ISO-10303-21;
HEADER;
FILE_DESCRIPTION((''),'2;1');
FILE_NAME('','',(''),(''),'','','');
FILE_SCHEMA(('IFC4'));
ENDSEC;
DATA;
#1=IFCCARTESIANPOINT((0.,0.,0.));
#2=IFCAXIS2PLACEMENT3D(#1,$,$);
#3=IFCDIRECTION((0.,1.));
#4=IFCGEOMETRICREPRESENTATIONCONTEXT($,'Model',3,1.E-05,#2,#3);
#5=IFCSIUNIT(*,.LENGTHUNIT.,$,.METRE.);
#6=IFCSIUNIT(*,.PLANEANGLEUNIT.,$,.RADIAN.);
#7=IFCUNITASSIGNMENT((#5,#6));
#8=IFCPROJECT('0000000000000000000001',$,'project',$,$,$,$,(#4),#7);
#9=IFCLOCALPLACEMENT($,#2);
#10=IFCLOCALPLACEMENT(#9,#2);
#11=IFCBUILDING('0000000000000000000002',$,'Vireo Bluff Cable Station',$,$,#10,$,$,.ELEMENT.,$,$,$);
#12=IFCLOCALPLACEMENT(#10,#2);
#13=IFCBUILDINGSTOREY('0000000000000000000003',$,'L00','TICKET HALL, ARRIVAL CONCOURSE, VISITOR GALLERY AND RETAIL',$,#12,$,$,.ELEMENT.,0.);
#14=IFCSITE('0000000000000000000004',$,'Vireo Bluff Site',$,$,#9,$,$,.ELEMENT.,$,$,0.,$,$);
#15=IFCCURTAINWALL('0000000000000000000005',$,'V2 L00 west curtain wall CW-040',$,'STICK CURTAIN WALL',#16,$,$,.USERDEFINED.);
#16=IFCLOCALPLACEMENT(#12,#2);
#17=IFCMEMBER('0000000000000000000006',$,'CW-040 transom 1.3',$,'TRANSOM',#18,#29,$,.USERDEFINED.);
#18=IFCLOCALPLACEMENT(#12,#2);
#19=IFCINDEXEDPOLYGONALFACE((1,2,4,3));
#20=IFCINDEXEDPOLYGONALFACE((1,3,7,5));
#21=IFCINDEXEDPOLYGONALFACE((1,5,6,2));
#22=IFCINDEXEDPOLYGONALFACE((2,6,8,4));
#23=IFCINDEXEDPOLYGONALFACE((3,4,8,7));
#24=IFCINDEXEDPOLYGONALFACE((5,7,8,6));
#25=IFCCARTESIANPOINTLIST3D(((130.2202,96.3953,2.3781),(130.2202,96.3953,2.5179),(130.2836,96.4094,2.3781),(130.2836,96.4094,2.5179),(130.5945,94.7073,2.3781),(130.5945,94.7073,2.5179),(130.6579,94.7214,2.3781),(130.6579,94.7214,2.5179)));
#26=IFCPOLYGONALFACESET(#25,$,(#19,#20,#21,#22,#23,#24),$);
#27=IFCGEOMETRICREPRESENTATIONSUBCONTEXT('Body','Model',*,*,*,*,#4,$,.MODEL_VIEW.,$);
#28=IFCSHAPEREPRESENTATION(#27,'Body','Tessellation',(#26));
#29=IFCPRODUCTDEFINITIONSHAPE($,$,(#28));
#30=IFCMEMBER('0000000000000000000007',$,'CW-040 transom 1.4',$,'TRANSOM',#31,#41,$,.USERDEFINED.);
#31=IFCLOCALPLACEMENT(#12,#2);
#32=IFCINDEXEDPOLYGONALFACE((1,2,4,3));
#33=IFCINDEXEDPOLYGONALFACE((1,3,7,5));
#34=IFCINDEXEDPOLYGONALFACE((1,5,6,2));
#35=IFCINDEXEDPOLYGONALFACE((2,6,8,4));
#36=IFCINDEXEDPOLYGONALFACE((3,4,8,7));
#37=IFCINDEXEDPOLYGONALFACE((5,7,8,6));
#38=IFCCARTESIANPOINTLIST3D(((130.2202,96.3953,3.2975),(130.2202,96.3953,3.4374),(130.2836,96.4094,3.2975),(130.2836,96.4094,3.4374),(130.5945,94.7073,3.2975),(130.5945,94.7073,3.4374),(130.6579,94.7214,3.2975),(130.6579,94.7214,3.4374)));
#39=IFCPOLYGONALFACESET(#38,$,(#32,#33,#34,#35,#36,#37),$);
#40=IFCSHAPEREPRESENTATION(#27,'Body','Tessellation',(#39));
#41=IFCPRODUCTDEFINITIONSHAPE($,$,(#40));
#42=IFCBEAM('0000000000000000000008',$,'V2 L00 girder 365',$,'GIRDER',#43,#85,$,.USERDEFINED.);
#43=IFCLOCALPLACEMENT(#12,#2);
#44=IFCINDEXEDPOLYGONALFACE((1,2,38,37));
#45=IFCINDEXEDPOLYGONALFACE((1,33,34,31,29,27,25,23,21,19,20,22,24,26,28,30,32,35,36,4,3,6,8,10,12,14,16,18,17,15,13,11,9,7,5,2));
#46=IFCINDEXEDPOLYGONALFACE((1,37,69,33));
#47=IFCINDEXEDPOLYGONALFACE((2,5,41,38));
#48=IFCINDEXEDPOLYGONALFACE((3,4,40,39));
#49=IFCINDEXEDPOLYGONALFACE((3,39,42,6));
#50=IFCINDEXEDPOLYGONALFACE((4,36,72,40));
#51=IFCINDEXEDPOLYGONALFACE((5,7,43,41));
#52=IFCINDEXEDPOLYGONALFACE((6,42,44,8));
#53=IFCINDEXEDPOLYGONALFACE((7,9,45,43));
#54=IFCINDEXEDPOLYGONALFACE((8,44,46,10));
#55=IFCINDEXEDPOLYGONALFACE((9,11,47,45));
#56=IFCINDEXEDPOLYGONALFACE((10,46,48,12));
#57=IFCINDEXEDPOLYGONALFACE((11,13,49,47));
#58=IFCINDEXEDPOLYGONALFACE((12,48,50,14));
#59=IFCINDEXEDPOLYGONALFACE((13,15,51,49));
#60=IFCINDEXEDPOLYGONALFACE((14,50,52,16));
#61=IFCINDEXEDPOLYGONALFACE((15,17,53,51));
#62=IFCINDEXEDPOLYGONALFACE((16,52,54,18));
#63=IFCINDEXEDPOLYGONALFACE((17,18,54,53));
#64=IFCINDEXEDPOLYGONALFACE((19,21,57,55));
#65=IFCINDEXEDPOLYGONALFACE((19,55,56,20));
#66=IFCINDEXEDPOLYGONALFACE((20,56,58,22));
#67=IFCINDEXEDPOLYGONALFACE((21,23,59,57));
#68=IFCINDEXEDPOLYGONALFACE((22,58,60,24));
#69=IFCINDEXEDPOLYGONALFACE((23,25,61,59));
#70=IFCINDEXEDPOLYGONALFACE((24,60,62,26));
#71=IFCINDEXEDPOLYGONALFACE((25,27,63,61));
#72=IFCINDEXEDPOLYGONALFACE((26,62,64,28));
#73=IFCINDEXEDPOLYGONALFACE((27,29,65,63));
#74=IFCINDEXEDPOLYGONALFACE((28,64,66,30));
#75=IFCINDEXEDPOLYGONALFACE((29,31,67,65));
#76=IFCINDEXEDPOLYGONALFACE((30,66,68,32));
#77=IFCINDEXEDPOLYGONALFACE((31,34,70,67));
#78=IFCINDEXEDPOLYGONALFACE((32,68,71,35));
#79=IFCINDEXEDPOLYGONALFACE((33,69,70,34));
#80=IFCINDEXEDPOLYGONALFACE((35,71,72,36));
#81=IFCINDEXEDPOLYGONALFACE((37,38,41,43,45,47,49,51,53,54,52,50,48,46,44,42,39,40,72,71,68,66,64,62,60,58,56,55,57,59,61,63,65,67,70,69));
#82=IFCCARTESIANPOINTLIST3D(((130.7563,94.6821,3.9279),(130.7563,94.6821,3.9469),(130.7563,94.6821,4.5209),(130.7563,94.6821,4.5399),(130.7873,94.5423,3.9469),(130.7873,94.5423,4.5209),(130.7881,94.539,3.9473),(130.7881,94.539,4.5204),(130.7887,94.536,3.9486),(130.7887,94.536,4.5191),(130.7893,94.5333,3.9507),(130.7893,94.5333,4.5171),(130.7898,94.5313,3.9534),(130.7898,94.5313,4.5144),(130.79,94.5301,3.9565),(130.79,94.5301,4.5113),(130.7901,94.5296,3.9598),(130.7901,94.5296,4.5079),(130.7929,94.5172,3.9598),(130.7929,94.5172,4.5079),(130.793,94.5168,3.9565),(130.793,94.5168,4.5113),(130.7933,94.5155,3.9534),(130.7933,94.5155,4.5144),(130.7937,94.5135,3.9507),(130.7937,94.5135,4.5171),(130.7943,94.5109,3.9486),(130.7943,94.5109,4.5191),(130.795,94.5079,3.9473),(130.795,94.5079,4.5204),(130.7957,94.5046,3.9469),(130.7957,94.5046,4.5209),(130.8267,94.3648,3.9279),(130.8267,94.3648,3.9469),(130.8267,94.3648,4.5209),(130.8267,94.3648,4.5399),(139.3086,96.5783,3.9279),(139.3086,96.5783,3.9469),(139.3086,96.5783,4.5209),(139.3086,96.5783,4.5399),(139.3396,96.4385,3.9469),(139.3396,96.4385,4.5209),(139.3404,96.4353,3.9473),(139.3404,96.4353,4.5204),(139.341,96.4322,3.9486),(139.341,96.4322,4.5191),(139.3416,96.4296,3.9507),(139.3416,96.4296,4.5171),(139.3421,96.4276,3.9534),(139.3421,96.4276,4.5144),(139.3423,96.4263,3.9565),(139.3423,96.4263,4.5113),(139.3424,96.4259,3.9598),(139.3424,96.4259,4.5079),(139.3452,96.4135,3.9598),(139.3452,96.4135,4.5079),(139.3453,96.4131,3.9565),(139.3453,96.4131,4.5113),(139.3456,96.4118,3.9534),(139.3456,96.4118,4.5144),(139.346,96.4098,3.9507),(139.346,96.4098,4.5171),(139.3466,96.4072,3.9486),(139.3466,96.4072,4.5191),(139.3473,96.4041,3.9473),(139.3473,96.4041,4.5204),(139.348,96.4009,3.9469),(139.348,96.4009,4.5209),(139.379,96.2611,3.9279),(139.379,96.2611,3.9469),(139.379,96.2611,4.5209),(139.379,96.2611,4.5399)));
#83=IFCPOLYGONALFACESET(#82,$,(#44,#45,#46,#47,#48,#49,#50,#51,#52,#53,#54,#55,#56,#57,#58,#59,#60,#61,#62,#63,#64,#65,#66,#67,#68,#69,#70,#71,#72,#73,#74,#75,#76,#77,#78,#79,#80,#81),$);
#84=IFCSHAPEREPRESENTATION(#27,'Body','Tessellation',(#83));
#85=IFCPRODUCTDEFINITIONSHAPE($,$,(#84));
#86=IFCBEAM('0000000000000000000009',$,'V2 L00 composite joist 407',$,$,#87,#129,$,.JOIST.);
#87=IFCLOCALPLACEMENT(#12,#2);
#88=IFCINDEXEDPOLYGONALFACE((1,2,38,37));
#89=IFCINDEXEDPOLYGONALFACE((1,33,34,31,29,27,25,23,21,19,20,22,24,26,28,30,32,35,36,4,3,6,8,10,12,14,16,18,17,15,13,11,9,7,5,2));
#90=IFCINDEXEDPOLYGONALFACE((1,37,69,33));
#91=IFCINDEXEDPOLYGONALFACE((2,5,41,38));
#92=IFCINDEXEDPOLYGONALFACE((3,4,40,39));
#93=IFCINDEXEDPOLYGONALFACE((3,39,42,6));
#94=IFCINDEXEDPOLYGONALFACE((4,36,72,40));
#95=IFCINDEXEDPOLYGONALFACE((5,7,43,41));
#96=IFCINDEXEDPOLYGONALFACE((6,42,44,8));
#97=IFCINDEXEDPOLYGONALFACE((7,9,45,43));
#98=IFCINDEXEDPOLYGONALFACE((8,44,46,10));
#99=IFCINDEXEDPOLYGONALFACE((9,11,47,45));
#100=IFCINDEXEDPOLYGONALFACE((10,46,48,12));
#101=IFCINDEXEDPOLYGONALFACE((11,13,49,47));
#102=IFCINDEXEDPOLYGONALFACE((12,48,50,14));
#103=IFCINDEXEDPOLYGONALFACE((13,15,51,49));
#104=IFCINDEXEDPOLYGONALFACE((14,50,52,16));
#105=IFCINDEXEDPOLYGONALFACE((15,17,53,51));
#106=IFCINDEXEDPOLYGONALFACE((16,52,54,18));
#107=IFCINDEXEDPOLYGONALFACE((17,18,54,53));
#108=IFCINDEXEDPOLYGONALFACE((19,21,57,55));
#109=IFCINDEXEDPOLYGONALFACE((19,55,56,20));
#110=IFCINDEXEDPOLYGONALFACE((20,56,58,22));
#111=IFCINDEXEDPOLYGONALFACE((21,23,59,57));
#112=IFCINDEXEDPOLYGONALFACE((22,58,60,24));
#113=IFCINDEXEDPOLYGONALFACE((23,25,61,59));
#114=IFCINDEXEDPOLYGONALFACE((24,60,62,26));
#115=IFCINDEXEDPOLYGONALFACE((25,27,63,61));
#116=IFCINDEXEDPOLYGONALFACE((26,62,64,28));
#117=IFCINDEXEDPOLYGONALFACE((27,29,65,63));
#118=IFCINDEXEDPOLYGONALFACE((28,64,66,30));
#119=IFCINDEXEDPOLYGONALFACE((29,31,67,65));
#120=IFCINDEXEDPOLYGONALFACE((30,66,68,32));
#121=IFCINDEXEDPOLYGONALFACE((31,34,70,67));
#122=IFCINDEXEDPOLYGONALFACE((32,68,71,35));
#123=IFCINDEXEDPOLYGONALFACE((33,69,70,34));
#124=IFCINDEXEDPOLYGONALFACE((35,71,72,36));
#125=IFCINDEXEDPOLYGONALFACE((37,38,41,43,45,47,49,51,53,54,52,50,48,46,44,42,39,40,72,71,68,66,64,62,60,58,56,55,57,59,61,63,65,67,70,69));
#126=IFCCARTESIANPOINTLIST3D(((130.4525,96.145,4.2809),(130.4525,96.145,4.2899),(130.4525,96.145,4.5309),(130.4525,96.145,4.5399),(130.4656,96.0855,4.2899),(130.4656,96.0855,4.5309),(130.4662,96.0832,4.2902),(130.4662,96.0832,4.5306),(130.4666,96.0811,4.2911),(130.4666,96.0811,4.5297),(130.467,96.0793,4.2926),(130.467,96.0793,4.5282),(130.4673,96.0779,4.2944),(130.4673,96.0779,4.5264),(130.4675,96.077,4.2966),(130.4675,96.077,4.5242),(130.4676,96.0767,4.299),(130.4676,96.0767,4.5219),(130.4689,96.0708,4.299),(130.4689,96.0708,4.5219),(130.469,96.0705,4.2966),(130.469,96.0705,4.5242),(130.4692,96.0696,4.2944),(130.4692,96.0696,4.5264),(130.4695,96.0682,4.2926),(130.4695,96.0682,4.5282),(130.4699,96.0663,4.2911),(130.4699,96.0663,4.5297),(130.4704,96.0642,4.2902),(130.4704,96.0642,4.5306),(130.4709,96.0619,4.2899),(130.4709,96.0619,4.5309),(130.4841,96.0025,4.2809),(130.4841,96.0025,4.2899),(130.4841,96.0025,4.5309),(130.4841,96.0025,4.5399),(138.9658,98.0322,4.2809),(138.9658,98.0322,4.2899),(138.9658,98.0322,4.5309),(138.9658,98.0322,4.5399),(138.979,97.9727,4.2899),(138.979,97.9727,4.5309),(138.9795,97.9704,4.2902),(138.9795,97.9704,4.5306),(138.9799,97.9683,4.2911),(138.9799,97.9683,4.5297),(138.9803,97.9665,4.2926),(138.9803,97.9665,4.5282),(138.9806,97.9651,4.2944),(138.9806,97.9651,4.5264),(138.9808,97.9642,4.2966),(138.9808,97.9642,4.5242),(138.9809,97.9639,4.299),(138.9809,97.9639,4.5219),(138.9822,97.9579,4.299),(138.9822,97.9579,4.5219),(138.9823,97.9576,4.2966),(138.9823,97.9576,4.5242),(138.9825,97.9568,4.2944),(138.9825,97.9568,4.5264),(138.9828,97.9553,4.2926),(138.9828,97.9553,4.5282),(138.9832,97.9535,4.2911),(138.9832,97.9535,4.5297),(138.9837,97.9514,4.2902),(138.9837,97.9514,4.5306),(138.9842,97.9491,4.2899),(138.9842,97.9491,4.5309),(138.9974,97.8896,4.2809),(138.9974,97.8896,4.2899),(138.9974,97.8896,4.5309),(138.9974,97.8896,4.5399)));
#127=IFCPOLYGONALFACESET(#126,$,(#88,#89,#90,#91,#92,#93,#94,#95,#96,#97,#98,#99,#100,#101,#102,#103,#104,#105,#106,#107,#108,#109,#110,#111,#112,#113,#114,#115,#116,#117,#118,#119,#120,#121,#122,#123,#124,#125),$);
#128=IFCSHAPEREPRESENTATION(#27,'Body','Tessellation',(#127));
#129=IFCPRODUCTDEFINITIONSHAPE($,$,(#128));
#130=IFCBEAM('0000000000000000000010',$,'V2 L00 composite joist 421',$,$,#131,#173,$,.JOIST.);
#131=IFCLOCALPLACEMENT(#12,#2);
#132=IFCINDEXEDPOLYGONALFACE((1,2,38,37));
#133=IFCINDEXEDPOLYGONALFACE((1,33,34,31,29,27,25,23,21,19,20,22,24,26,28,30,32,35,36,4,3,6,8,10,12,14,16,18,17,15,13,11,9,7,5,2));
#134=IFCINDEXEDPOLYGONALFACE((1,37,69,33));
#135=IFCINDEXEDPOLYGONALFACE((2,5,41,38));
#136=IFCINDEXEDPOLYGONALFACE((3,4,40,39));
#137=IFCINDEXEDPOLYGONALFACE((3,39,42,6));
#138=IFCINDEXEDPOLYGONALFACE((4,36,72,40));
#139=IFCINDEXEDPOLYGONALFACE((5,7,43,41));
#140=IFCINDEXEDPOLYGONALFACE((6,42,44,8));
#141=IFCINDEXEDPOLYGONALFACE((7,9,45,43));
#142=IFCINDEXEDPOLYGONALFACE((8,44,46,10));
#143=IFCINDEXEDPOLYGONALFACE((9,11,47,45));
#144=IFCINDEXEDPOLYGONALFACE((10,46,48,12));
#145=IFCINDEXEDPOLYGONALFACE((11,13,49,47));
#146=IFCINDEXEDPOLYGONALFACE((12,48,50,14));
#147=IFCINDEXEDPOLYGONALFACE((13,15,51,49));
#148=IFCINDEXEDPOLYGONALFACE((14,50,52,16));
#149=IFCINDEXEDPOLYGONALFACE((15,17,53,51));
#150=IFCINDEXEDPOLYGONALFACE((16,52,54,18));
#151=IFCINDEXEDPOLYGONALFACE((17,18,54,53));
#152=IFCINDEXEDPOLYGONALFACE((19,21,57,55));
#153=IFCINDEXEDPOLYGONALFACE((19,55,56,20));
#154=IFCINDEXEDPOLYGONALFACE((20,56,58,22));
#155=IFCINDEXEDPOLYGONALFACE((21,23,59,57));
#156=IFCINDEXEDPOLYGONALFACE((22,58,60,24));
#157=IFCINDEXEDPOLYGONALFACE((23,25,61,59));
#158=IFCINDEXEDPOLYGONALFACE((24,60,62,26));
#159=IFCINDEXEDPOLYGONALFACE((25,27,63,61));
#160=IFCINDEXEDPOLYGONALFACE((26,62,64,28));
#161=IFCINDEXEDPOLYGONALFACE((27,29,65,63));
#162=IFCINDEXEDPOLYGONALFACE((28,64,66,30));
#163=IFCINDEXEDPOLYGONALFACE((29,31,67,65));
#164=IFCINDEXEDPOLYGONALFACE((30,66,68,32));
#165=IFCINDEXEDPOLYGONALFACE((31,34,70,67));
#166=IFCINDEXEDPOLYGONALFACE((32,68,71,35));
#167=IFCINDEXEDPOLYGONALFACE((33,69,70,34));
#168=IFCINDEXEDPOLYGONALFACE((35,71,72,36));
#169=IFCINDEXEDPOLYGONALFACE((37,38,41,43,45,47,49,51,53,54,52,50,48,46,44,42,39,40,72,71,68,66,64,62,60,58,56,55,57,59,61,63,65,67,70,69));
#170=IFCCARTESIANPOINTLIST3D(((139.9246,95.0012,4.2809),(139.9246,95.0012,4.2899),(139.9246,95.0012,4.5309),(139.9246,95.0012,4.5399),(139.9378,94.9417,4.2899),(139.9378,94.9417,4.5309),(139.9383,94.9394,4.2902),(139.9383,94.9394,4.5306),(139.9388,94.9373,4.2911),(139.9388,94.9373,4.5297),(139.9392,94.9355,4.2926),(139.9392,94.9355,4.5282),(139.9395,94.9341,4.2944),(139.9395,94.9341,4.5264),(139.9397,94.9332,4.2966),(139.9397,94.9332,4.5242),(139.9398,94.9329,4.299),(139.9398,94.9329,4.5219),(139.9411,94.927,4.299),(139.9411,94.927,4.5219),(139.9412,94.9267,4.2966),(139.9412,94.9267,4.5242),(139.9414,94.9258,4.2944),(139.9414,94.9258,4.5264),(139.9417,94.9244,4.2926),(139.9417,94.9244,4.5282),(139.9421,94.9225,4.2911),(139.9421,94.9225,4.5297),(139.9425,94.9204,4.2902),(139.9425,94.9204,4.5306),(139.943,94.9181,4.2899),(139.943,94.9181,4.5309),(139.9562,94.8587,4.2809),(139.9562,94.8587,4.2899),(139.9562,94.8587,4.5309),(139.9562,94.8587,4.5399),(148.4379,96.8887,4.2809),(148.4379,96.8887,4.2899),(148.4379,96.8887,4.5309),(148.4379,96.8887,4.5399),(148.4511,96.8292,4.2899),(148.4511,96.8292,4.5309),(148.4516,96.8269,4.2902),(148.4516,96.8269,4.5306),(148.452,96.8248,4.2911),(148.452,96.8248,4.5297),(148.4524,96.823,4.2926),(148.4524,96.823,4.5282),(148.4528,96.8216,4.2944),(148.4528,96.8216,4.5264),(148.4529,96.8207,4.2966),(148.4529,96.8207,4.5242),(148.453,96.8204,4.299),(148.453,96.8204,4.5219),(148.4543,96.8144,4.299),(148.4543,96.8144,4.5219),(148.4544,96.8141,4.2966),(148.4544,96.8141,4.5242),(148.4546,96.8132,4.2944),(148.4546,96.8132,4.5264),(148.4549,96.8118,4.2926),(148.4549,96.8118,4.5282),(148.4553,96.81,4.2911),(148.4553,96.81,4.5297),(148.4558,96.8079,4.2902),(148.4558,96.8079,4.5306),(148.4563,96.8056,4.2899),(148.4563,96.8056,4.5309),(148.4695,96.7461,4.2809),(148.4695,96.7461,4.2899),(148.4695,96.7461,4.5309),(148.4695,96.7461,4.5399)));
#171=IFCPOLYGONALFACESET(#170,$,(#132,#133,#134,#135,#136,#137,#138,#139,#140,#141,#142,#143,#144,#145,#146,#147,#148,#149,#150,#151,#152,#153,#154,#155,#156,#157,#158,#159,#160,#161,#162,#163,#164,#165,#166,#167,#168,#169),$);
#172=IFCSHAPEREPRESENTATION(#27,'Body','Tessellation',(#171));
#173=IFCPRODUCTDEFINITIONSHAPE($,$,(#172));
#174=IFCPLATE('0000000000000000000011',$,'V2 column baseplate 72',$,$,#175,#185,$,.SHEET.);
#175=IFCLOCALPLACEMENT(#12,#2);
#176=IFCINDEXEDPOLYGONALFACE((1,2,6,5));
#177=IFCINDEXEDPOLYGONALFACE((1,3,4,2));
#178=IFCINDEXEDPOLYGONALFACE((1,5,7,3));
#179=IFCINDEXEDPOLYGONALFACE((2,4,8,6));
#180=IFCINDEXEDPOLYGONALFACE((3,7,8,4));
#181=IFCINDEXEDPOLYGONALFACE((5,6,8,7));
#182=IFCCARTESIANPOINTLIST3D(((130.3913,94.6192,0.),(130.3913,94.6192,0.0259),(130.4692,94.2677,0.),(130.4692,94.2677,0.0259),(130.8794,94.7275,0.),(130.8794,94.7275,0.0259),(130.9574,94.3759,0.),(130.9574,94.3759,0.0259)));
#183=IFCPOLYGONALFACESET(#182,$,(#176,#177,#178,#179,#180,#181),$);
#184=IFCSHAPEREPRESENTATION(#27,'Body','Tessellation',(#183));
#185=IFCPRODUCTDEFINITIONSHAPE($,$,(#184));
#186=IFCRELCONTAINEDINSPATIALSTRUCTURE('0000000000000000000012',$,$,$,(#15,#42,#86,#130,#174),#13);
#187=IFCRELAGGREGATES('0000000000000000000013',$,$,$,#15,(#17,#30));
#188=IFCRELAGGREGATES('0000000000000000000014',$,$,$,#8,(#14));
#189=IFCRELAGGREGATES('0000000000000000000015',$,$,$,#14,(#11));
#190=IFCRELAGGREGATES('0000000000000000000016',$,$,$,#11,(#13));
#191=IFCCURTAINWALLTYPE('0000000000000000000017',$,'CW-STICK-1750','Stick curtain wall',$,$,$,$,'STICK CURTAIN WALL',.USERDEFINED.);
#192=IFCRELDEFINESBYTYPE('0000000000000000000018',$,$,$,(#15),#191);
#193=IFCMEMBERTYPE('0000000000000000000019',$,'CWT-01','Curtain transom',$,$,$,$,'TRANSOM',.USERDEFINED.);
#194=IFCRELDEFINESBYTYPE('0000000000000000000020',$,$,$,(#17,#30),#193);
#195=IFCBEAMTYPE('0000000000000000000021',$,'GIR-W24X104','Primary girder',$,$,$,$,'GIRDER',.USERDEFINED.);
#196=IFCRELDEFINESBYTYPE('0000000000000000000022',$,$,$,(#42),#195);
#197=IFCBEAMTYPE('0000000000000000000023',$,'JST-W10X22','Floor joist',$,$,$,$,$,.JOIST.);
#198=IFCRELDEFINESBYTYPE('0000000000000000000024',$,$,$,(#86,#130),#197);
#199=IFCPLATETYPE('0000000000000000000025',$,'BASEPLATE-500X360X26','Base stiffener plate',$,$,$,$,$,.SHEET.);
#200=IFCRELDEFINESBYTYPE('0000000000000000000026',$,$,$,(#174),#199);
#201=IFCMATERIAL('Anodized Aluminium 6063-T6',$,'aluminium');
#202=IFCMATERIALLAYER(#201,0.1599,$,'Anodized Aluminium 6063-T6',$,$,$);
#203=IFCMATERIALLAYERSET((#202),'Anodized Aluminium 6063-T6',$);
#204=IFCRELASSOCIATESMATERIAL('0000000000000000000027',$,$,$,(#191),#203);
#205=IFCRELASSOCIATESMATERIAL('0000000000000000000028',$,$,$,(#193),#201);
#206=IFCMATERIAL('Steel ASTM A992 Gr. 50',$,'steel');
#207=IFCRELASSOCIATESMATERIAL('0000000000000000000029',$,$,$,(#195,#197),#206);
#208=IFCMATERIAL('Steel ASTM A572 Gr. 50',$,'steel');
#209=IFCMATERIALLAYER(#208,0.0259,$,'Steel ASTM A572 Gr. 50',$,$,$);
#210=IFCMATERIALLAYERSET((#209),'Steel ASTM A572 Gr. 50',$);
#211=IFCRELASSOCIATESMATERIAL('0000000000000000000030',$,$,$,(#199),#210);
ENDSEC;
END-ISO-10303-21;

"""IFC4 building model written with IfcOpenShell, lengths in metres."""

from ifc_helpers import new_model, si_unit, direction, frame, origin, origin_2d, place, context, subcontext, project, spatial, rectangle, i_section, extrude, material, layer, layer_set, material_profile, profile_set, type_object, element, aggregate, save


model = new_model("IFC4")

# Units and contexts
model_context = context("Model", 3, precision=1e-05, world=origin(), true_north=direction((0.0, 1.0)))
body_context = subcontext(model_context, "Body", "Model", "MODEL_VIEW")
ifc_project = project(units=[si_unit("LENGTHUNIT", "METRE"), si_unit("PLANEANGLEUNIT", "RADIAN")], contexts=[model_context])

# Site, building, storey
site_placement = place(None, origin())
site = spatial("IfcSite", under=ifc_project, at=site_placement, Name="Vireo Bluff Site", CompositionType="ELEMENT", RefElevation=0.0)
building_placement = place(site_placement, origin())
building = spatial("IfcBuilding", under=site, at=building_placement, Name="Vireo Bluff Cable Station", CompositionType="ELEMENT")
storey_placement = place(building_placement, origin())
storey = spatial("IfcBuildingStorey", under=building, at=storey_placement, Name="L00", Description="TICKET HALL, ARRIVAL CONCOURSE, VISITOR GALLERY AND RETAIL", CompositionType="ELEMENT", Elevation=0.0)

# Shared definitions
ifc_material_1 = material(Name="Steel ASTM A992 Gr. 50", Category="steel")

# Curtain wall, members
ifc_material_2 = material(Name="Anodized Aluminium 6063-T6", Category="aluminium")
ifc_layer_1 = layer(ifc_material_2, 0.1599, Name="Anodized Aluminium 6063-T6")
ifc_layer_set_1 = layer_set([ifc_layer_1], Name="Anodized Aluminium 6063-T6")
curtain_wall_type = type_object("IfcCurtainWallType", Name="CW-STICK-1750", Description="Stick curtain wall", ElementType="STICK CURTAIN WALL", PredefinedType="USERDEFINED", material=ifc_layer_set_1)
curtain_wall_placement = place(storey_placement, origin())
curtain_wall = element("IfcCurtainWall", 1, at=curtain_wall_placement, inside=storey, type_object=curtain_wall_type, Name="V2 L00 west curtain wall CW-040", ObjectType="STICK CURTAIN WALL", PredefinedType="USERDEFINED")
ifc_material_profile_1 = material_profile(ifc_material_2, rectangle(XDim=0.0649, YDim=0.1399, at=origin_2d()), Name="ALU-T-65X140")
ifc_profile_set_1 = profile_set([ifc_material_profile_1], Name="Anodized Aluminium 6063-T6")
member_type_1 = type_object("IfcMemberType", Name="CWT-01", Description="Curtain transom", ElementType="TRANSOM", PredefinedType="USERDEFINED", material=ifc_profile_set_1)
member_1_placement = place(storey_placement, frame((130.6262, 94.7144, 2.448), z_axis=(-0.216467, 0.97629, 0.0), x_axis=(-0.97629, -0.216467, 0.0)))
member_1 = element("IfcMember", 2, at=member_1_placement, type_object=member_type_1, Name="CW-040 transom 1.3", ObjectType="TRANSOM", PredefinedType="USERDEFINED", context=body_context, shape_type="SweptSolid", body=[
    extrude(rectangle(XDim=0.0649, YDim=0.1399, at=origin_2d()), origin(), (0.0, 0.0, 1.0), 1.729),
])
member_2_placement = place(storey_placement, frame((130.6262, 94.7144, 3.3674), z_axis=(-0.216467, 0.97629, 0.0), x_axis=(-0.97629, -0.216467, 0.0)))
member_2 = element("IfcMember", 3, at=member_2_placement, type_object=member_type_1, Name="CW-040 transom 1.4", ObjectType="TRANSOM", PredefinedType="USERDEFINED", context=body_context, shape_type="SweptSolid", body=[
    extrude(rectangle(XDim=0.0649, YDim=0.1399, at=origin_2d()), origin(), (0.0, 0.0, 1.0), 1.729),
])

# Beams
ifc_material_profile_2 = material_profile(ifc_material_1, i_section(OverallWidth=0.325, OverallDepth=0.6121, WebThickness=0.0127, FlangeThickness=0.019, FilletRadius=0.0129, at=origin_2d()), Name="W24X104")
ifc_profile_set_2 = profile_set([ifc_material_profile_2], Name="Steel ASTM A992 Gr. 50")
beam_type_1 = type_object("IfcBeamType", Name="GIR-W24X104", Description="Primary girder", ElementType="GIRDER", PredefinedType="USERDEFINED", material=ifc_profile_set_2)
beam_1_placement = place(storey_placement, frame((130.7915, 94.5234, 4.2339), z_axis=(0.97629, 0.216467, 0.0), x_axis=(-0.216467, 0.97629, 0.0)))
element("IfcBeam", 4, at=beam_1_placement, inside=storey, type_object=beam_type_1, Name="V2 L00 girder 365", ObjectType="GIRDER", PredefinedType="USERDEFINED", context=body_context, shape_type="SweptSolid", body=[
    extrude(i_section(OverallWidth=0.325, OverallDepth=0.6121, WebThickness=0.0127, FlangeThickness=0.019, FilletRadius=0.0129, at=origin_2d()), origin(), (0.0, 0.0, 1.0), 8.76),
])
ifc_material_profile_3 = material_profile(ifc_material_1, i_section(OverallWidth=0.146, OverallDepth=0.259, WebThickness=0.0061, FlangeThickness=0.009, FilletRadius=0.009, at=origin_2d()), Name="W10X22")
ifc_profile_set_3 = profile_set([ifc_material_profile_3], Name="Steel ASTM A992 Gr. 50")
beam_type_2 = type_object("IfcBeamType", Name="JST-W10X22", Description="Floor joist", PredefinedType="JOIST", material=ifc_profile_set_3)
for number, where, z_axis, x_axis, name in (
    (5, (130.4683, 96.0737, 4.4104), (0.9763, 0.216421, 0.0), (-0.216421, 0.9763, 0.0), "V2 L00 composite joist 407"),
    (6, (139.9404, 94.9299, 4.4104), (0.976293, 0.216453, 0.0), (-0.216453, 0.976293, 0.0), "V2 L00 composite joist 421"),
):
    element("IfcBeam", number, at=place(storey_placement, frame(where, z_axis=z_axis, x_axis=x_axis)), inside=storey, type_object=beam_type_2, Name=name, PredefinedType="JOIST", context=body_context, shape_type="SweptSolid", body=[
        extrude(i_section(OverallWidth=0.146, OverallDepth=0.259, WebThickness=0.0061, FlangeThickness=0.009, FilletRadius=0.009, at=origin_2d()), origin(), (0.0, 0.0, 1.0), 8.72),
    ])

# Plate
ifc_material_3 = material(Name="Steel ASTM A572 Gr. 50", Category="steel")
ifc_layer_2 = layer(ifc_material_3, 0.0259, Name="Steel ASTM A572 Gr. 50")
ifc_layer_set_2 = layer_set([ifc_layer_2], Name="Steel ASTM A572 Gr. 50")
plate_type_1 = type_object("IfcPlateType", Name="BASEPLATE-500X360X26", Description="Base stiffener plate", PredefinedType="SHEET", material=ifc_layer_set_2)
plate_1_placement = place(storey_placement, frame((130.6743, 94.4976, 0.0), z_axis=(0.0, 0.0, 1.0), x_axis=(0.976296, 0.21644, 0.0)))
element("IfcPlate", 7, at=plate_1_placement, inside=storey, type_object=plate_type_1, Name="V2 column baseplate 72", PredefinedType="SHEET", context=body_context, shape_type="SweptSolid", body=[
    extrude(rectangle(XDim=0.5, YDim=0.3601, at=origin_2d()), origin(), (0.0, 0.0, 1.0), 0.0259),
])

aggregate(curtain_wall, [member_1, member_2])

save(model, "model.ifc")
